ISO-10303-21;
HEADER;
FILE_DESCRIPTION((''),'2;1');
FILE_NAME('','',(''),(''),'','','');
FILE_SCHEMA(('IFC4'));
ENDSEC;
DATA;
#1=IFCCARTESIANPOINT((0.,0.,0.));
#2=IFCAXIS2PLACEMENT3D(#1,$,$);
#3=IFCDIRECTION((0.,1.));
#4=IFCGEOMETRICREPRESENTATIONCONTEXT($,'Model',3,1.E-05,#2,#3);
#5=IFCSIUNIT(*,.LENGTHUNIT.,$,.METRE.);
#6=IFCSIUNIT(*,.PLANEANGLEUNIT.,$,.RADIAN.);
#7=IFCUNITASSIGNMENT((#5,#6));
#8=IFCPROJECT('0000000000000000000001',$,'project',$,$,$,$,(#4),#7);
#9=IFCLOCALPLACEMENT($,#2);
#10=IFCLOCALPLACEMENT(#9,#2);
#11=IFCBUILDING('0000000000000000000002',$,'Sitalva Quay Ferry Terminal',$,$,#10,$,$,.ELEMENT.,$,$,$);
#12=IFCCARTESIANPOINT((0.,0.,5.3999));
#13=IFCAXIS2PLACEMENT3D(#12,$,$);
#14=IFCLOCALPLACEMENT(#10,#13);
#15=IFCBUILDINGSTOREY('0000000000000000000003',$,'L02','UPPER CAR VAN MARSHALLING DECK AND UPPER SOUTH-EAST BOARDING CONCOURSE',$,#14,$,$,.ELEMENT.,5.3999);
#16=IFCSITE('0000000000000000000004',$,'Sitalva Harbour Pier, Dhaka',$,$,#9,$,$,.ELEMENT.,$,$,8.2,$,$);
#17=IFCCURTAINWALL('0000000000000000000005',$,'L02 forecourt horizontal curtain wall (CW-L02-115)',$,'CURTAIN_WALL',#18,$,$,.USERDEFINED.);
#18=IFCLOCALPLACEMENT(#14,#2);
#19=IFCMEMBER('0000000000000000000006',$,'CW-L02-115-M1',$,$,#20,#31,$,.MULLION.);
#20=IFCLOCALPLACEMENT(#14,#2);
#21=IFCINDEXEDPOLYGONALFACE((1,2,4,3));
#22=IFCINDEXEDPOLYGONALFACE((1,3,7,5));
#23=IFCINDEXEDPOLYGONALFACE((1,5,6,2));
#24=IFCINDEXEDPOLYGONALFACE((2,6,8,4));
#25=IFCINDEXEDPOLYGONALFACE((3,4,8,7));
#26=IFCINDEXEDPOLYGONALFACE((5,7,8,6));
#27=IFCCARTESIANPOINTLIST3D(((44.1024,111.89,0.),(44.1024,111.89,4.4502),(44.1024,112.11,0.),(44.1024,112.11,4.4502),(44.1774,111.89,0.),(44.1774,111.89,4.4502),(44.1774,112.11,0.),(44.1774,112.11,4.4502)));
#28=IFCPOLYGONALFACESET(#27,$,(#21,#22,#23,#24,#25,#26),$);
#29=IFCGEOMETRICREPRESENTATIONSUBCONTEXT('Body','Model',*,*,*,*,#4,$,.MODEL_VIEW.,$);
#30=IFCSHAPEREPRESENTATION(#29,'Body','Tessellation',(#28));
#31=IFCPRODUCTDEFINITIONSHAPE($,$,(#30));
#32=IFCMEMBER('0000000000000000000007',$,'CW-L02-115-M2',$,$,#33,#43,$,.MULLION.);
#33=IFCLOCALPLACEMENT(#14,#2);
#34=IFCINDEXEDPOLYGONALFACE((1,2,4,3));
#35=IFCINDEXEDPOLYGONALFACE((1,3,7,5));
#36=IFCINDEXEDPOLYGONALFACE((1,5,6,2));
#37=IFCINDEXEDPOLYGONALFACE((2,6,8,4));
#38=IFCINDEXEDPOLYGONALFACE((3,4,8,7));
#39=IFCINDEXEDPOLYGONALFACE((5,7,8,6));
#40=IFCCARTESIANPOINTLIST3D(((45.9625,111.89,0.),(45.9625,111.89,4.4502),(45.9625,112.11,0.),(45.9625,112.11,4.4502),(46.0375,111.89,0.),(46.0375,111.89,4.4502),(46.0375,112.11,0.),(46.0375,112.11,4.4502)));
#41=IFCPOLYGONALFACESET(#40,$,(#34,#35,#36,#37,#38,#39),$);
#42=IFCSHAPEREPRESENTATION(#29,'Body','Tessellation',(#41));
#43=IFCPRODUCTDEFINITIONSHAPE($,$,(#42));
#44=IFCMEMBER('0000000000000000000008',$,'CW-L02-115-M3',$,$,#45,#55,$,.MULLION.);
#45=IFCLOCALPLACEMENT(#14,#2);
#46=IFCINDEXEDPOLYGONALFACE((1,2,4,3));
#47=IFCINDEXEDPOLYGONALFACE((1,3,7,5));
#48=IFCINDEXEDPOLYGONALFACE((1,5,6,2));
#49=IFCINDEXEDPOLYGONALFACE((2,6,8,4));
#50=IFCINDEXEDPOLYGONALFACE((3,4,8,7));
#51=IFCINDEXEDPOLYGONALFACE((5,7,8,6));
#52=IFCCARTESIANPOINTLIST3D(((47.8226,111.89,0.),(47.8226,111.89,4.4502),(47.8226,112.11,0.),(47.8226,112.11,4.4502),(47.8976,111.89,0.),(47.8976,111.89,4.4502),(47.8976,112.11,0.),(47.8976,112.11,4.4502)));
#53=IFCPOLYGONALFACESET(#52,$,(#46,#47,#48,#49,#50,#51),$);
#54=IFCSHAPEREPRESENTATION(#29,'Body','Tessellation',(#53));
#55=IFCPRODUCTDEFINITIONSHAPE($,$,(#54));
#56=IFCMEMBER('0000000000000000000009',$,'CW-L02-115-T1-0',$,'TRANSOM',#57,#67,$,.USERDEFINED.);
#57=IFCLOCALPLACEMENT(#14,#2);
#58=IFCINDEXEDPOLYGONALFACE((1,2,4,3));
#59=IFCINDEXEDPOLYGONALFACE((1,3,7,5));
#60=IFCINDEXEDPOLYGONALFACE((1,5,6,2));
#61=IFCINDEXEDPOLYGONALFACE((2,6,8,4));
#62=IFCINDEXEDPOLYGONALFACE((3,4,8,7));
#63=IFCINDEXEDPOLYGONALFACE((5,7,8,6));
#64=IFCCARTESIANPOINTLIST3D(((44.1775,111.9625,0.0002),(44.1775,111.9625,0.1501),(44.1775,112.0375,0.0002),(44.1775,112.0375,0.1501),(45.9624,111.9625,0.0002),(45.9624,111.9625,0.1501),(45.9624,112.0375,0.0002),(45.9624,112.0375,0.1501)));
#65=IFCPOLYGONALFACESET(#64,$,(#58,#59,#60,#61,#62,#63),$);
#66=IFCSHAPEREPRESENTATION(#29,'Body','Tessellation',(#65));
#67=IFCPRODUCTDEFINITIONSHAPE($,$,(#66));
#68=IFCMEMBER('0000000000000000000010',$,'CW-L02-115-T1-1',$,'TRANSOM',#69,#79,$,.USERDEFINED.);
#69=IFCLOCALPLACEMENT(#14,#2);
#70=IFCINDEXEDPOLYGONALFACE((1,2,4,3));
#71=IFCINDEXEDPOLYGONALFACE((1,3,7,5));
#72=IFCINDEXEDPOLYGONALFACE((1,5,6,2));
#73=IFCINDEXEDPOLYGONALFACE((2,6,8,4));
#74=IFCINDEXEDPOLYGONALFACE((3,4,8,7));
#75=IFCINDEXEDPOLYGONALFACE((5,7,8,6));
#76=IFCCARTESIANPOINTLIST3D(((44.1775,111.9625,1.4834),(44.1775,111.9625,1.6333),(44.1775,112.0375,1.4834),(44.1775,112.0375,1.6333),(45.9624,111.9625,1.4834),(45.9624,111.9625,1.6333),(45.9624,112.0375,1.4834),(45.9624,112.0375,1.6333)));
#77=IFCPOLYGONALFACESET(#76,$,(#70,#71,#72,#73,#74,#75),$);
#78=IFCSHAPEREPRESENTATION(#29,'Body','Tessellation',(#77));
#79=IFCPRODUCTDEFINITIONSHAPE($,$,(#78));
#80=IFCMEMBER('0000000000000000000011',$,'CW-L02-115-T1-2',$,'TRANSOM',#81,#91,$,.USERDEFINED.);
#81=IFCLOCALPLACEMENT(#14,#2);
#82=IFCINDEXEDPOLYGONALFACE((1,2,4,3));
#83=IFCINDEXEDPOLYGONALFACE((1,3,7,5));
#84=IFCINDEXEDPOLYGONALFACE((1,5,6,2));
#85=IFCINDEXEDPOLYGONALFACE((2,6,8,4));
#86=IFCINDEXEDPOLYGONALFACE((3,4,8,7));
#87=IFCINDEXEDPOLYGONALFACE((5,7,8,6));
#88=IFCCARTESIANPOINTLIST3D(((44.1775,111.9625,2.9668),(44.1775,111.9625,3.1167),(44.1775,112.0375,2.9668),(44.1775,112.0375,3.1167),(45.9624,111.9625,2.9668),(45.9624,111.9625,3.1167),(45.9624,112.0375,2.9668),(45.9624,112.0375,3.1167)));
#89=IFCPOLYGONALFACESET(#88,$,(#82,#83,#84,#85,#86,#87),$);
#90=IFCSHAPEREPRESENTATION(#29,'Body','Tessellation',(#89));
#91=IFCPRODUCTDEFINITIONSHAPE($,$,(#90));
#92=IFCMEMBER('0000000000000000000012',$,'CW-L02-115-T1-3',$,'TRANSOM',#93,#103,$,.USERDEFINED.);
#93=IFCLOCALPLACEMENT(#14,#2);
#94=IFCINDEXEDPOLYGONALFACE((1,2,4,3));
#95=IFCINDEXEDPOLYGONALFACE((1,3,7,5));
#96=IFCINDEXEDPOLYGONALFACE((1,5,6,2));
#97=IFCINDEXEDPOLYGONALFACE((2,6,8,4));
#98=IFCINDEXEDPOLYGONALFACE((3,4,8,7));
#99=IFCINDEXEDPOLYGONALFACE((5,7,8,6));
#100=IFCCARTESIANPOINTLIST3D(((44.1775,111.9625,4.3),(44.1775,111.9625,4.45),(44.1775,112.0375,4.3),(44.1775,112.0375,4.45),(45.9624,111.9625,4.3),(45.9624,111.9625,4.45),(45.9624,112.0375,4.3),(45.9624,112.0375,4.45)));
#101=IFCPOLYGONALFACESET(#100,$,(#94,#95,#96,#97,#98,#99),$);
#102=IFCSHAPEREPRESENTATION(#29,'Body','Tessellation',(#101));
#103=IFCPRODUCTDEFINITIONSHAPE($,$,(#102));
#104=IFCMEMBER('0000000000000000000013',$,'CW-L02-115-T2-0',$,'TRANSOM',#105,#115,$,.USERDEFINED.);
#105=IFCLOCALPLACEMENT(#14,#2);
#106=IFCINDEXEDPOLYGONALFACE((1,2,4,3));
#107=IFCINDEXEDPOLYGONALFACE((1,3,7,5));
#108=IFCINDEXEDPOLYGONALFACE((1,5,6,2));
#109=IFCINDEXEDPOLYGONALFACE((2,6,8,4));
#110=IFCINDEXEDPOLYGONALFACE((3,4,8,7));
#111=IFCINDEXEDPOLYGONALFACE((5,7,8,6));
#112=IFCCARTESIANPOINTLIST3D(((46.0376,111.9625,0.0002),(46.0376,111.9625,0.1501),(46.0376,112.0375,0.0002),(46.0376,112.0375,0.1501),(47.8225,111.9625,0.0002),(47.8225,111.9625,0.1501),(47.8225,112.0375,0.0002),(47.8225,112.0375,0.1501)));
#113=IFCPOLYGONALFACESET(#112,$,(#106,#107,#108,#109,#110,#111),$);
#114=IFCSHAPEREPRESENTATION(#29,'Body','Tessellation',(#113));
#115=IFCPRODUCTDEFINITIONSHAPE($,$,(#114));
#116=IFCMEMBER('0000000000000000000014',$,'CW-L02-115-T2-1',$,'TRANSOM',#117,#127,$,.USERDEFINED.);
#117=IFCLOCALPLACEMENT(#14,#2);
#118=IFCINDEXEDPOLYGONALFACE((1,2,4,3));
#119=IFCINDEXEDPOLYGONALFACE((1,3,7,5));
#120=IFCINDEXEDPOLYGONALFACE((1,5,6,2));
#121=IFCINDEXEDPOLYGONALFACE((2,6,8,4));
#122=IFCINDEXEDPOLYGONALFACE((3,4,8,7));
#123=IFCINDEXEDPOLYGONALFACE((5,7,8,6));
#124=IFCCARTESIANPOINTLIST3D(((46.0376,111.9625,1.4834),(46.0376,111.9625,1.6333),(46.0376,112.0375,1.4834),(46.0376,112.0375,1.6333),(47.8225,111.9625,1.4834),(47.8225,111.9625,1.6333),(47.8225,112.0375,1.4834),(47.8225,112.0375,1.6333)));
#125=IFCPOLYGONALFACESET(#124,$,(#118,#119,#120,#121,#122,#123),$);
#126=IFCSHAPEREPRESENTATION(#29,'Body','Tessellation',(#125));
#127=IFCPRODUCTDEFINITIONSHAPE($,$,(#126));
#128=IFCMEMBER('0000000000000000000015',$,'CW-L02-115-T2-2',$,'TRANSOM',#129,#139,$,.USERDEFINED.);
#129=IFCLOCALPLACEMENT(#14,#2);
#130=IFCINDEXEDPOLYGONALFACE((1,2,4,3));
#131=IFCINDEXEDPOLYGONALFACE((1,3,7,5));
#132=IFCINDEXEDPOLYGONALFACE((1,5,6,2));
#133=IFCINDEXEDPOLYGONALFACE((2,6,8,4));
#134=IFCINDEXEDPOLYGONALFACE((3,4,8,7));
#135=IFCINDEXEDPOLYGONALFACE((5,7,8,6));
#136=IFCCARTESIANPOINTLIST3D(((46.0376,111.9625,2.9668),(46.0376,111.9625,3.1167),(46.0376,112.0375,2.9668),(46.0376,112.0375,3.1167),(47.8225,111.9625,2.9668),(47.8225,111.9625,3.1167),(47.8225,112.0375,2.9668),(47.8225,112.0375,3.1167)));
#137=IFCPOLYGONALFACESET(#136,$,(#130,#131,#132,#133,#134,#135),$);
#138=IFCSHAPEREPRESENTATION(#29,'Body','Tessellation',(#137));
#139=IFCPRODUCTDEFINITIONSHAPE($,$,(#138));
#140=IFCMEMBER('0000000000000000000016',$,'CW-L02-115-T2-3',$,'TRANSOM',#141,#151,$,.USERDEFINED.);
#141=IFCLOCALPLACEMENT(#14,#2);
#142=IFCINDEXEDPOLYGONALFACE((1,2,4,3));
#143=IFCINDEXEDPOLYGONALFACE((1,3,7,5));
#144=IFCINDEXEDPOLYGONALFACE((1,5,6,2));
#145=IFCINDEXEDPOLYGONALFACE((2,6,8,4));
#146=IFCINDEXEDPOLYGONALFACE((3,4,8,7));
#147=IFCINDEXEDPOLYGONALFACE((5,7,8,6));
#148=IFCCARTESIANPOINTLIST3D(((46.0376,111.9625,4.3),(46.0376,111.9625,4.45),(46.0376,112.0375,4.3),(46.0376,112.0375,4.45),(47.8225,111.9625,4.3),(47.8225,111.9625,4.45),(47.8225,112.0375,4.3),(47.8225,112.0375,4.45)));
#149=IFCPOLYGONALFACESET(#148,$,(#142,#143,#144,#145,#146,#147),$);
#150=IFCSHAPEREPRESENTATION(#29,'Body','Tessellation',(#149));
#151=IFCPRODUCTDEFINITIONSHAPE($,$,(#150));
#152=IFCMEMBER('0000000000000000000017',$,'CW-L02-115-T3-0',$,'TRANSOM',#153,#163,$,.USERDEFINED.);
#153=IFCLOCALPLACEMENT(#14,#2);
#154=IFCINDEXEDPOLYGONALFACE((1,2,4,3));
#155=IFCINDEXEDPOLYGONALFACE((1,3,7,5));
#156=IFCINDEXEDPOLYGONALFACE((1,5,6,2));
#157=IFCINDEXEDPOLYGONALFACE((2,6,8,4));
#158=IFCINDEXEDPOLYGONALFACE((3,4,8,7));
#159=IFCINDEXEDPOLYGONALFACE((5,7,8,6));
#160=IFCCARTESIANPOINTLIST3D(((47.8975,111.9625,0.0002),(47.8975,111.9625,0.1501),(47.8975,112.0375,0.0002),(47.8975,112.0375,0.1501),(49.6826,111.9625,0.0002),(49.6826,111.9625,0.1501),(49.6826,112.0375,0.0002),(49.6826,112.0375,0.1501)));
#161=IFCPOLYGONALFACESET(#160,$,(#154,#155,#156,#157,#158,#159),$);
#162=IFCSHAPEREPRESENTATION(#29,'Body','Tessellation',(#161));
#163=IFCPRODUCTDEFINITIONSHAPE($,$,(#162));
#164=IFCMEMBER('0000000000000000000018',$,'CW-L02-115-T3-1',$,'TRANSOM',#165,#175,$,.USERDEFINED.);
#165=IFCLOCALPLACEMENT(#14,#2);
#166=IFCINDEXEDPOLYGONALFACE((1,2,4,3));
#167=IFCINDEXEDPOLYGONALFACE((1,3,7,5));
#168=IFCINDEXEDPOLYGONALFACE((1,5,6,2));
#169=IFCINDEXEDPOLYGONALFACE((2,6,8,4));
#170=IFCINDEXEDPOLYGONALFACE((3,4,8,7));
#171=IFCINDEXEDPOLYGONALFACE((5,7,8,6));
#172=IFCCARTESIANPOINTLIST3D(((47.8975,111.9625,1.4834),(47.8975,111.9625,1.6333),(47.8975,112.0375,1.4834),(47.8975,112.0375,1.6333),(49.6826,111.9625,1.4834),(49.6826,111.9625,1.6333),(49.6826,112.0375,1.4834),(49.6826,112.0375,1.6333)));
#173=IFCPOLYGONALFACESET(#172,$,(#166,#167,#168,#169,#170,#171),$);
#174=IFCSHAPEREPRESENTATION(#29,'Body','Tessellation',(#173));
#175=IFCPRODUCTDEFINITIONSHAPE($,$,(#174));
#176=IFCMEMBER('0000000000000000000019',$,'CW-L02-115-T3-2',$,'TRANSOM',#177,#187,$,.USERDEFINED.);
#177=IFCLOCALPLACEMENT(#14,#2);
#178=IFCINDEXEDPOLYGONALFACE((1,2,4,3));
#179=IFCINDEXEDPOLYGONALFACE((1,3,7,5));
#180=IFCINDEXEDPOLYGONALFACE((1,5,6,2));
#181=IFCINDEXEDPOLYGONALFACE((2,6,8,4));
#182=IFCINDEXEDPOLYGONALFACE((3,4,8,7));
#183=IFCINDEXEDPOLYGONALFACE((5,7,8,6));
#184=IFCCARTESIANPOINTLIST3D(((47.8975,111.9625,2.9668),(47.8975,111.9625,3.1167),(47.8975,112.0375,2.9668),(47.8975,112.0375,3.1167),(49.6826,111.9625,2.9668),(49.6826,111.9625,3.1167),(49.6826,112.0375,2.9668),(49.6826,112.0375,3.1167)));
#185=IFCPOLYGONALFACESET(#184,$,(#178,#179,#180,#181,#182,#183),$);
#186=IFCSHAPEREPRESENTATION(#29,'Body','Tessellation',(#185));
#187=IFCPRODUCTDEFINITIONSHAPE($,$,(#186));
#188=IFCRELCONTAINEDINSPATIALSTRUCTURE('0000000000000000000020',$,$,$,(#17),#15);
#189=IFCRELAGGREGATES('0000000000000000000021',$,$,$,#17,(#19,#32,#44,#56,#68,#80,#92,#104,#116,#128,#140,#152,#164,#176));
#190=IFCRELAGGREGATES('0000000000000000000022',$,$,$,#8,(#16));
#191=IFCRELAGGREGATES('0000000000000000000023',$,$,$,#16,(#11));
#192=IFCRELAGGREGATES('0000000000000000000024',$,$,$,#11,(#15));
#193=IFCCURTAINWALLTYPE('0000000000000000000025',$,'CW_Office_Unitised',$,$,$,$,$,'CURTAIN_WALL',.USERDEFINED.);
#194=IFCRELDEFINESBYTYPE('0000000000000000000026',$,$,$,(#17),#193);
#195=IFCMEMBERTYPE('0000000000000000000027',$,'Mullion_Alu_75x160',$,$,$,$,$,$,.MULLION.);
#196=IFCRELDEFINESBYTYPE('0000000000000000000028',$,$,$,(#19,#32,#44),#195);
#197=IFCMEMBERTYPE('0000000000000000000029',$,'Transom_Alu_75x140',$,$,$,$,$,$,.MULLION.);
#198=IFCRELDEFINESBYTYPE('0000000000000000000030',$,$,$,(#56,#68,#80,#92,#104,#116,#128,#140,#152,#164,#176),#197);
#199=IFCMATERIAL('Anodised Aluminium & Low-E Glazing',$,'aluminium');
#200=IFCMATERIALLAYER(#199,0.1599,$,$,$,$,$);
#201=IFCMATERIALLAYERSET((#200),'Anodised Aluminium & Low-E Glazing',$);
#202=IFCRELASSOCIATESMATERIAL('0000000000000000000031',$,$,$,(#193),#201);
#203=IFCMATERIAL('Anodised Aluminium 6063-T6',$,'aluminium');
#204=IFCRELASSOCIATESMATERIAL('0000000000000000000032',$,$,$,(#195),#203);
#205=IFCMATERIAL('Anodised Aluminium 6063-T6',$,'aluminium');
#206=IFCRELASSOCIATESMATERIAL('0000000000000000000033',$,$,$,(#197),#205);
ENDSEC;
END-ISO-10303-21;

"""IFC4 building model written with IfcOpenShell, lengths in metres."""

from ifc_helpers import new_model, si_unit, direction, frame, origin, origin_2d, place, context, subcontext, project, spatial, rectangle, extrude, material, layer, layer_set, material_profile, profile_set, type_object, element, aggregate, save


model = new_model("IFC4")

# Units and contexts
model_context = context("Model", 3, precision=1e-05, world=origin(), true_north=direction((0.0, 1.0)))
body_context = subcontext(model_context, "Body", "Model", "MODEL_VIEW")
ifc_project = project(units=[si_unit("LENGTHUNIT", "METRE"), si_unit("PLANEANGLEUNIT", "RADIAN")], contexts=[model_context])

# Site, building, storey
site_placement = place(None, origin())
site = spatial("IfcSite", under=ifc_project, at=site_placement, Name="Sitalva Harbour Pier, Dhaka", CompositionType="ELEMENT", RefElevation=8.2)
building_placement = place(site_placement, origin())
building = spatial("IfcBuilding", under=site, at=building_placement, Name="Sitalva Quay Ferry Terminal", CompositionType="ELEMENT")
storey_placement = place(building_placement, frame((0.0, 0.0, 5.3999)))
storey = spatial("IfcBuildingStorey", under=building, at=storey_placement, Name="L02", Description="UPPER CAR VAN MARSHALLING DECK AND UPPER SOUTH-EAST BOARDING CONCOURSE", CompositionType="ELEMENT", Elevation=5.3999)

# Curtain wall, members
ifc_material_1 = material(Name="Anodised Aluminium & Low-E Glazing", Category="aluminium")
ifc_layer_1 = layer(ifc_material_1, 0.1599)
ifc_layer_set_1 = layer_set([ifc_layer_1], Name="Anodised Aluminium & Low-E Glazing")
curtain_wall_type = type_object("IfcCurtainWallType", Name="CW_Office_Unitised", ElementType="CURTAIN_WALL", PredefinedType="USERDEFINED", material=ifc_layer_set_1)
curtain_wall_placement = place(storey_placement, origin())
curtain_wall = element("IfcCurtainWall", 1, at=curtain_wall_placement, inside=storey, type_object=curtain_wall_type, Name="L02 forecourt horizontal curtain wall (CW-L02-115)", ObjectType="CURTAIN_WALL", PredefinedType="USERDEFINED")
ifc_material_2 = material(Name="Anodised Aluminium 6063-T6", Category="aluminium")
ifc_material_profile_1 = material_profile(ifc_material_2, rectangle(XDim=0.075, YDim=0.22, at=origin_2d()), Name="ALU75x220")
ifc_profile_set_1 = profile_set([ifc_material_profile_1], Name="Anodised Aluminium 6063-T6")
member_type_1 = type_object("IfcMemberType", Name="Mullion_Alu_75x160", PredefinedType="MULLION", material=ifc_profile_set_1)
member_1_placement = place(storey_placement, frame((44.1399, 112.0, 0.0), z_axis=(0.0, 0.0, 1.0), x_axis=(1.0, 0.0, 0.0)))
member_1 = element("IfcMember", 2, at=member_1_placement, type_object=member_type_1, Name="CW-L02-115-M1", PredefinedType="MULLION", context=body_context, shape_type="SweptSolid", body=[
    extrude(rectangle(XDim=0.075, YDim=0.22, at=origin_2d()), origin(), (0.0, 0.0, 1.0), 4.4502),
])
member_2_placement = place(storey_placement, frame((46.0, 112.0, 0.0), z_axis=(0.0, 0.0, 1.0), x_axis=(1.0, 0.0, 0.0)))
member_2 = element("IfcMember", 3, at=member_2_placement, type_object=member_type_1, Name="CW-L02-115-M2", PredefinedType="MULLION", context=body_context, shape_type="SweptSolid", body=[
    extrude(rectangle(XDim=0.075, YDim=0.22, at=origin_2d()), origin(), (0.0, 0.0, 1.0), 4.4502),
])
member_3_placement = place(storey_placement, frame((47.8601, 112.0, 0.0), z_axis=(0.0, 0.0, 1.0), x_axis=(1.0, 0.0, 0.0)))
member_3 = element("IfcMember", 4, at=member_3_placement, type_object=member_type_1, Name="CW-L02-115-M3", PredefinedType="MULLION", context=body_context, shape_type="SweptSolid", body=[
    extrude(rectangle(XDim=0.075, YDim=0.22, at=origin_2d()), origin(), (0.0, 0.0, 1.0), 4.4502),
])
ifc_material_3 = material(Name="Anodised Aluminium 6063-T6", Category="aluminium")
ifc_material_profile_2 = material_profile(ifc_material_3, rectangle(XDim=0.075, YDim=0.1499, at=origin_2d()), Name="ALU75x150")
ifc_profile_set_2 = profile_set([ifc_material_profile_2], Name="Anodised Aluminium 6063-T6")
member_type_2 = type_object("IfcMemberType", Name="Transom_Alu_75x140", PredefinedType="MULLION", material=ifc_profile_set_2)
member_4_placement = place(storey_placement, frame((44.1775, 112.0, 0.0752), z_axis=(1.0, 0.0, 0.0), x_axis=(0.0, 1.0, 0.0)))
member_4 = element("IfcMember", 5, at=member_4_placement, type_object=member_type_2, Name="CW-L02-115-T1-0", ObjectType="TRANSOM", PredefinedType="USERDEFINED", context=body_context, shape_type="SweptSolid", body=[
    extrude(rectangle(XDim=0.075, YDim=0.1499, at=origin_2d()), origin(), (0.0, 0.0, 1.0), 1.7849),
])
member_5_placement = place(storey_placement, frame((44.1775, 112.0, 1.5583), z_axis=(1.0, 0.0, 0.0), x_axis=(0.0, 1.0, 0.0)))
member_5 = element("IfcMember", 6, at=member_5_placement, type_object=member_type_2, Name="CW-L02-115-T1-1", ObjectType="TRANSOM", PredefinedType="USERDEFINED", context=body_context, shape_type="SweptSolid", body=[
    extrude(rectangle(XDim=0.075, YDim=0.1499, at=origin_2d()), origin(), (0.0, 0.0, 1.0), 1.7849),
])
member_6_placement = place(storey_placement, frame((44.1775, 112.0, 3.0417), z_axis=(1.0, 0.0, 0.0), x_axis=(0.0, 1.0, 0.0)))
member_6 = element("IfcMember", 7, at=member_6_placement, type_object=member_type_2, Name="CW-L02-115-T1-2", ObjectType="TRANSOM", PredefinedType="USERDEFINED", context=body_context, shape_type="SweptSolid", body=[
    extrude(rectangle(XDim=0.075, YDim=0.1499, at=origin_2d()), origin(), (0.0, 0.0, 1.0), 1.7849),
])
member_7_placement = place(storey_placement, frame((44.1775, 112.0, 4.375), z_axis=(1.0, 0.0, 0.0), x_axis=(0.0, 1.0, 0.0)))
member_7 = element("IfcMember", 8, at=member_7_placement, type_object=member_type_2, Name="CW-L02-115-T1-3", ObjectType="TRANSOM", PredefinedType="USERDEFINED", context=body_context, shape_type="SweptSolid", body=[
    extrude(rectangle(XDim=0.075, YDim=0.1499, at=origin_2d()), origin(), (0.0, 0.0, 1.0), 1.7849),
])
member_8_placement = place(storey_placement, frame((46.0376, 112.0, 0.0752), z_axis=(1.0, 0.0, 0.0), x_axis=(0.0, 1.0, 0.0)))
member_8 = element("IfcMember", 9, at=member_8_placement, type_object=member_type_2, Name="CW-L02-115-T2-0", ObjectType="TRANSOM", PredefinedType="USERDEFINED", context=body_context, shape_type="SweptSolid", body=[
    extrude(rectangle(XDim=0.075, YDim=0.1499, at=origin_2d()), origin(), (0.0, 0.0, 1.0), 1.7849),
])
member_9_placement = place(storey_placement, frame((46.0376, 112.0, 1.5583), z_axis=(1.0, 0.0, 0.0), x_axis=(0.0, 1.0, 0.0)))
member_9 = element("IfcMember", 10, at=member_9_placement, type_object=member_type_2, Name="CW-L02-115-T2-1", ObjectType="TRANSOM", PredefinedType="USERDEFINED", context=body_context, shape_type="SweptSolid", body=[
    extrude(rectangle(XDim=0.075, YDim=0.1499, at=origin_2d()), origin(), (0.0, 0.0, 1.0), 1.7849),
])
member_10_placement = place(storey_placement, frame((46.0376, 112.0, 3.0417), z_axis=(1.0, 0.0, 0.0), x_axis=(0.0, 1.0, 0.0)))
member_10 = element("IfcMember", 11, at=member_10_placement, type_object=member_type_2, Name="CW-L02-115-T2-2", ObjectType="TRANSOM", PredefinedType="USERDEFINED", context=body_context, shape_type="SweptSolid", body=[
    extrude(rectangle(XDim=0.075, YDim=0.1499, at=origin_2d()), origin(), (0.0, 0.0, 1.0), 1.7849),
])
member_11_placement = place(storey_placement, frame((46.0376, 112.0, 4.375), z_axis=(1.0, 0.0, 0.0), x_axis=(0.0, 1.0, 0.0)))
member_11 = element("IfcMember", 12, at=member_11_placement, type_object=member_type_2, Name="CW-L02-115-T2-3", ObjectType="TRANSOM", PredefinedType="USERDEFINED", context=body_context, shape_type="SweptSolid", body=[
    extrude(rectangle(XDim=0.075, YDim=0.1499, at=origin_2d()), origin(), (0.0, 0.0, 1.0), 1.7849),
])
member_12_placement = place(storey_placement, frame((47.8975, 112.0, 0.0752), z_axis=(1.0, 0.0, 0.0), x_axis=(0.0, 1.0, 0.0)))
member_12 = element("IfcMember", 13, at=member_12_placement, type_object=member_type_2, Name="CW-L02-115-T3-0", ObjectType="TRANSOM", PredefinedType="USERDEFINED", context=body_context, shape_type="SweptSolid", body=[
    extrude(rectangle(XDim=0.075, YDim=0.1499, at=origin_2d()), origin(), (0.0, 0.0, 1.0), 1.7852),
])
member_13_placement = place(storey_placement, frame((47.8975, 112.0, 1.5583), z_axis=(1.0, 0.0, 0.0), x_axis=(0.0, 1.0, 0.0)))
member_13 = element("IfcMember", 14, at=member_13_placement, type_object=member_type_2, Name="CW-L02-115-T3-1", ObjectType="TRANSOM", PredefinedType="USERDEFINED", context=body_context, shape_type="SweptSolid", body=[
    extrude(rectangle(XDim=0.075, YDim=0.1499, at=origin_2d()), origin(), (0.0, 0.0, 1.0), 1.7852),
])
member_14_placement = place(storey_placement, frame((47.8975, 112.0, 3.0417), z_axis=(1.0, 0.0, 0.0), x_axis=(0.0, 1.0, 0.0)))
member_14 = element("IfcMember", 15, at=member_14_placement, type_object=member_type_2, Name="CW-L02-115-T3-2", ObjectType="TRANSOM", PredefinedType="USERDEFINED", context=body_context, shape_type="SweptSolid", body=[
    extrude(rectangle(XDim=0.075, YDim=0.1499, at=origin_2d()), origin(), (0.0, 0.0, 1.0), 1.7852),
])
aggregate(curtain_wall, [member_1, member_2, member_3, member_4, member_5, member_6, member_7, member_8, member_9, member_10, member_11, member_12, member_13, member_14])

save(model, "model.ifc")
